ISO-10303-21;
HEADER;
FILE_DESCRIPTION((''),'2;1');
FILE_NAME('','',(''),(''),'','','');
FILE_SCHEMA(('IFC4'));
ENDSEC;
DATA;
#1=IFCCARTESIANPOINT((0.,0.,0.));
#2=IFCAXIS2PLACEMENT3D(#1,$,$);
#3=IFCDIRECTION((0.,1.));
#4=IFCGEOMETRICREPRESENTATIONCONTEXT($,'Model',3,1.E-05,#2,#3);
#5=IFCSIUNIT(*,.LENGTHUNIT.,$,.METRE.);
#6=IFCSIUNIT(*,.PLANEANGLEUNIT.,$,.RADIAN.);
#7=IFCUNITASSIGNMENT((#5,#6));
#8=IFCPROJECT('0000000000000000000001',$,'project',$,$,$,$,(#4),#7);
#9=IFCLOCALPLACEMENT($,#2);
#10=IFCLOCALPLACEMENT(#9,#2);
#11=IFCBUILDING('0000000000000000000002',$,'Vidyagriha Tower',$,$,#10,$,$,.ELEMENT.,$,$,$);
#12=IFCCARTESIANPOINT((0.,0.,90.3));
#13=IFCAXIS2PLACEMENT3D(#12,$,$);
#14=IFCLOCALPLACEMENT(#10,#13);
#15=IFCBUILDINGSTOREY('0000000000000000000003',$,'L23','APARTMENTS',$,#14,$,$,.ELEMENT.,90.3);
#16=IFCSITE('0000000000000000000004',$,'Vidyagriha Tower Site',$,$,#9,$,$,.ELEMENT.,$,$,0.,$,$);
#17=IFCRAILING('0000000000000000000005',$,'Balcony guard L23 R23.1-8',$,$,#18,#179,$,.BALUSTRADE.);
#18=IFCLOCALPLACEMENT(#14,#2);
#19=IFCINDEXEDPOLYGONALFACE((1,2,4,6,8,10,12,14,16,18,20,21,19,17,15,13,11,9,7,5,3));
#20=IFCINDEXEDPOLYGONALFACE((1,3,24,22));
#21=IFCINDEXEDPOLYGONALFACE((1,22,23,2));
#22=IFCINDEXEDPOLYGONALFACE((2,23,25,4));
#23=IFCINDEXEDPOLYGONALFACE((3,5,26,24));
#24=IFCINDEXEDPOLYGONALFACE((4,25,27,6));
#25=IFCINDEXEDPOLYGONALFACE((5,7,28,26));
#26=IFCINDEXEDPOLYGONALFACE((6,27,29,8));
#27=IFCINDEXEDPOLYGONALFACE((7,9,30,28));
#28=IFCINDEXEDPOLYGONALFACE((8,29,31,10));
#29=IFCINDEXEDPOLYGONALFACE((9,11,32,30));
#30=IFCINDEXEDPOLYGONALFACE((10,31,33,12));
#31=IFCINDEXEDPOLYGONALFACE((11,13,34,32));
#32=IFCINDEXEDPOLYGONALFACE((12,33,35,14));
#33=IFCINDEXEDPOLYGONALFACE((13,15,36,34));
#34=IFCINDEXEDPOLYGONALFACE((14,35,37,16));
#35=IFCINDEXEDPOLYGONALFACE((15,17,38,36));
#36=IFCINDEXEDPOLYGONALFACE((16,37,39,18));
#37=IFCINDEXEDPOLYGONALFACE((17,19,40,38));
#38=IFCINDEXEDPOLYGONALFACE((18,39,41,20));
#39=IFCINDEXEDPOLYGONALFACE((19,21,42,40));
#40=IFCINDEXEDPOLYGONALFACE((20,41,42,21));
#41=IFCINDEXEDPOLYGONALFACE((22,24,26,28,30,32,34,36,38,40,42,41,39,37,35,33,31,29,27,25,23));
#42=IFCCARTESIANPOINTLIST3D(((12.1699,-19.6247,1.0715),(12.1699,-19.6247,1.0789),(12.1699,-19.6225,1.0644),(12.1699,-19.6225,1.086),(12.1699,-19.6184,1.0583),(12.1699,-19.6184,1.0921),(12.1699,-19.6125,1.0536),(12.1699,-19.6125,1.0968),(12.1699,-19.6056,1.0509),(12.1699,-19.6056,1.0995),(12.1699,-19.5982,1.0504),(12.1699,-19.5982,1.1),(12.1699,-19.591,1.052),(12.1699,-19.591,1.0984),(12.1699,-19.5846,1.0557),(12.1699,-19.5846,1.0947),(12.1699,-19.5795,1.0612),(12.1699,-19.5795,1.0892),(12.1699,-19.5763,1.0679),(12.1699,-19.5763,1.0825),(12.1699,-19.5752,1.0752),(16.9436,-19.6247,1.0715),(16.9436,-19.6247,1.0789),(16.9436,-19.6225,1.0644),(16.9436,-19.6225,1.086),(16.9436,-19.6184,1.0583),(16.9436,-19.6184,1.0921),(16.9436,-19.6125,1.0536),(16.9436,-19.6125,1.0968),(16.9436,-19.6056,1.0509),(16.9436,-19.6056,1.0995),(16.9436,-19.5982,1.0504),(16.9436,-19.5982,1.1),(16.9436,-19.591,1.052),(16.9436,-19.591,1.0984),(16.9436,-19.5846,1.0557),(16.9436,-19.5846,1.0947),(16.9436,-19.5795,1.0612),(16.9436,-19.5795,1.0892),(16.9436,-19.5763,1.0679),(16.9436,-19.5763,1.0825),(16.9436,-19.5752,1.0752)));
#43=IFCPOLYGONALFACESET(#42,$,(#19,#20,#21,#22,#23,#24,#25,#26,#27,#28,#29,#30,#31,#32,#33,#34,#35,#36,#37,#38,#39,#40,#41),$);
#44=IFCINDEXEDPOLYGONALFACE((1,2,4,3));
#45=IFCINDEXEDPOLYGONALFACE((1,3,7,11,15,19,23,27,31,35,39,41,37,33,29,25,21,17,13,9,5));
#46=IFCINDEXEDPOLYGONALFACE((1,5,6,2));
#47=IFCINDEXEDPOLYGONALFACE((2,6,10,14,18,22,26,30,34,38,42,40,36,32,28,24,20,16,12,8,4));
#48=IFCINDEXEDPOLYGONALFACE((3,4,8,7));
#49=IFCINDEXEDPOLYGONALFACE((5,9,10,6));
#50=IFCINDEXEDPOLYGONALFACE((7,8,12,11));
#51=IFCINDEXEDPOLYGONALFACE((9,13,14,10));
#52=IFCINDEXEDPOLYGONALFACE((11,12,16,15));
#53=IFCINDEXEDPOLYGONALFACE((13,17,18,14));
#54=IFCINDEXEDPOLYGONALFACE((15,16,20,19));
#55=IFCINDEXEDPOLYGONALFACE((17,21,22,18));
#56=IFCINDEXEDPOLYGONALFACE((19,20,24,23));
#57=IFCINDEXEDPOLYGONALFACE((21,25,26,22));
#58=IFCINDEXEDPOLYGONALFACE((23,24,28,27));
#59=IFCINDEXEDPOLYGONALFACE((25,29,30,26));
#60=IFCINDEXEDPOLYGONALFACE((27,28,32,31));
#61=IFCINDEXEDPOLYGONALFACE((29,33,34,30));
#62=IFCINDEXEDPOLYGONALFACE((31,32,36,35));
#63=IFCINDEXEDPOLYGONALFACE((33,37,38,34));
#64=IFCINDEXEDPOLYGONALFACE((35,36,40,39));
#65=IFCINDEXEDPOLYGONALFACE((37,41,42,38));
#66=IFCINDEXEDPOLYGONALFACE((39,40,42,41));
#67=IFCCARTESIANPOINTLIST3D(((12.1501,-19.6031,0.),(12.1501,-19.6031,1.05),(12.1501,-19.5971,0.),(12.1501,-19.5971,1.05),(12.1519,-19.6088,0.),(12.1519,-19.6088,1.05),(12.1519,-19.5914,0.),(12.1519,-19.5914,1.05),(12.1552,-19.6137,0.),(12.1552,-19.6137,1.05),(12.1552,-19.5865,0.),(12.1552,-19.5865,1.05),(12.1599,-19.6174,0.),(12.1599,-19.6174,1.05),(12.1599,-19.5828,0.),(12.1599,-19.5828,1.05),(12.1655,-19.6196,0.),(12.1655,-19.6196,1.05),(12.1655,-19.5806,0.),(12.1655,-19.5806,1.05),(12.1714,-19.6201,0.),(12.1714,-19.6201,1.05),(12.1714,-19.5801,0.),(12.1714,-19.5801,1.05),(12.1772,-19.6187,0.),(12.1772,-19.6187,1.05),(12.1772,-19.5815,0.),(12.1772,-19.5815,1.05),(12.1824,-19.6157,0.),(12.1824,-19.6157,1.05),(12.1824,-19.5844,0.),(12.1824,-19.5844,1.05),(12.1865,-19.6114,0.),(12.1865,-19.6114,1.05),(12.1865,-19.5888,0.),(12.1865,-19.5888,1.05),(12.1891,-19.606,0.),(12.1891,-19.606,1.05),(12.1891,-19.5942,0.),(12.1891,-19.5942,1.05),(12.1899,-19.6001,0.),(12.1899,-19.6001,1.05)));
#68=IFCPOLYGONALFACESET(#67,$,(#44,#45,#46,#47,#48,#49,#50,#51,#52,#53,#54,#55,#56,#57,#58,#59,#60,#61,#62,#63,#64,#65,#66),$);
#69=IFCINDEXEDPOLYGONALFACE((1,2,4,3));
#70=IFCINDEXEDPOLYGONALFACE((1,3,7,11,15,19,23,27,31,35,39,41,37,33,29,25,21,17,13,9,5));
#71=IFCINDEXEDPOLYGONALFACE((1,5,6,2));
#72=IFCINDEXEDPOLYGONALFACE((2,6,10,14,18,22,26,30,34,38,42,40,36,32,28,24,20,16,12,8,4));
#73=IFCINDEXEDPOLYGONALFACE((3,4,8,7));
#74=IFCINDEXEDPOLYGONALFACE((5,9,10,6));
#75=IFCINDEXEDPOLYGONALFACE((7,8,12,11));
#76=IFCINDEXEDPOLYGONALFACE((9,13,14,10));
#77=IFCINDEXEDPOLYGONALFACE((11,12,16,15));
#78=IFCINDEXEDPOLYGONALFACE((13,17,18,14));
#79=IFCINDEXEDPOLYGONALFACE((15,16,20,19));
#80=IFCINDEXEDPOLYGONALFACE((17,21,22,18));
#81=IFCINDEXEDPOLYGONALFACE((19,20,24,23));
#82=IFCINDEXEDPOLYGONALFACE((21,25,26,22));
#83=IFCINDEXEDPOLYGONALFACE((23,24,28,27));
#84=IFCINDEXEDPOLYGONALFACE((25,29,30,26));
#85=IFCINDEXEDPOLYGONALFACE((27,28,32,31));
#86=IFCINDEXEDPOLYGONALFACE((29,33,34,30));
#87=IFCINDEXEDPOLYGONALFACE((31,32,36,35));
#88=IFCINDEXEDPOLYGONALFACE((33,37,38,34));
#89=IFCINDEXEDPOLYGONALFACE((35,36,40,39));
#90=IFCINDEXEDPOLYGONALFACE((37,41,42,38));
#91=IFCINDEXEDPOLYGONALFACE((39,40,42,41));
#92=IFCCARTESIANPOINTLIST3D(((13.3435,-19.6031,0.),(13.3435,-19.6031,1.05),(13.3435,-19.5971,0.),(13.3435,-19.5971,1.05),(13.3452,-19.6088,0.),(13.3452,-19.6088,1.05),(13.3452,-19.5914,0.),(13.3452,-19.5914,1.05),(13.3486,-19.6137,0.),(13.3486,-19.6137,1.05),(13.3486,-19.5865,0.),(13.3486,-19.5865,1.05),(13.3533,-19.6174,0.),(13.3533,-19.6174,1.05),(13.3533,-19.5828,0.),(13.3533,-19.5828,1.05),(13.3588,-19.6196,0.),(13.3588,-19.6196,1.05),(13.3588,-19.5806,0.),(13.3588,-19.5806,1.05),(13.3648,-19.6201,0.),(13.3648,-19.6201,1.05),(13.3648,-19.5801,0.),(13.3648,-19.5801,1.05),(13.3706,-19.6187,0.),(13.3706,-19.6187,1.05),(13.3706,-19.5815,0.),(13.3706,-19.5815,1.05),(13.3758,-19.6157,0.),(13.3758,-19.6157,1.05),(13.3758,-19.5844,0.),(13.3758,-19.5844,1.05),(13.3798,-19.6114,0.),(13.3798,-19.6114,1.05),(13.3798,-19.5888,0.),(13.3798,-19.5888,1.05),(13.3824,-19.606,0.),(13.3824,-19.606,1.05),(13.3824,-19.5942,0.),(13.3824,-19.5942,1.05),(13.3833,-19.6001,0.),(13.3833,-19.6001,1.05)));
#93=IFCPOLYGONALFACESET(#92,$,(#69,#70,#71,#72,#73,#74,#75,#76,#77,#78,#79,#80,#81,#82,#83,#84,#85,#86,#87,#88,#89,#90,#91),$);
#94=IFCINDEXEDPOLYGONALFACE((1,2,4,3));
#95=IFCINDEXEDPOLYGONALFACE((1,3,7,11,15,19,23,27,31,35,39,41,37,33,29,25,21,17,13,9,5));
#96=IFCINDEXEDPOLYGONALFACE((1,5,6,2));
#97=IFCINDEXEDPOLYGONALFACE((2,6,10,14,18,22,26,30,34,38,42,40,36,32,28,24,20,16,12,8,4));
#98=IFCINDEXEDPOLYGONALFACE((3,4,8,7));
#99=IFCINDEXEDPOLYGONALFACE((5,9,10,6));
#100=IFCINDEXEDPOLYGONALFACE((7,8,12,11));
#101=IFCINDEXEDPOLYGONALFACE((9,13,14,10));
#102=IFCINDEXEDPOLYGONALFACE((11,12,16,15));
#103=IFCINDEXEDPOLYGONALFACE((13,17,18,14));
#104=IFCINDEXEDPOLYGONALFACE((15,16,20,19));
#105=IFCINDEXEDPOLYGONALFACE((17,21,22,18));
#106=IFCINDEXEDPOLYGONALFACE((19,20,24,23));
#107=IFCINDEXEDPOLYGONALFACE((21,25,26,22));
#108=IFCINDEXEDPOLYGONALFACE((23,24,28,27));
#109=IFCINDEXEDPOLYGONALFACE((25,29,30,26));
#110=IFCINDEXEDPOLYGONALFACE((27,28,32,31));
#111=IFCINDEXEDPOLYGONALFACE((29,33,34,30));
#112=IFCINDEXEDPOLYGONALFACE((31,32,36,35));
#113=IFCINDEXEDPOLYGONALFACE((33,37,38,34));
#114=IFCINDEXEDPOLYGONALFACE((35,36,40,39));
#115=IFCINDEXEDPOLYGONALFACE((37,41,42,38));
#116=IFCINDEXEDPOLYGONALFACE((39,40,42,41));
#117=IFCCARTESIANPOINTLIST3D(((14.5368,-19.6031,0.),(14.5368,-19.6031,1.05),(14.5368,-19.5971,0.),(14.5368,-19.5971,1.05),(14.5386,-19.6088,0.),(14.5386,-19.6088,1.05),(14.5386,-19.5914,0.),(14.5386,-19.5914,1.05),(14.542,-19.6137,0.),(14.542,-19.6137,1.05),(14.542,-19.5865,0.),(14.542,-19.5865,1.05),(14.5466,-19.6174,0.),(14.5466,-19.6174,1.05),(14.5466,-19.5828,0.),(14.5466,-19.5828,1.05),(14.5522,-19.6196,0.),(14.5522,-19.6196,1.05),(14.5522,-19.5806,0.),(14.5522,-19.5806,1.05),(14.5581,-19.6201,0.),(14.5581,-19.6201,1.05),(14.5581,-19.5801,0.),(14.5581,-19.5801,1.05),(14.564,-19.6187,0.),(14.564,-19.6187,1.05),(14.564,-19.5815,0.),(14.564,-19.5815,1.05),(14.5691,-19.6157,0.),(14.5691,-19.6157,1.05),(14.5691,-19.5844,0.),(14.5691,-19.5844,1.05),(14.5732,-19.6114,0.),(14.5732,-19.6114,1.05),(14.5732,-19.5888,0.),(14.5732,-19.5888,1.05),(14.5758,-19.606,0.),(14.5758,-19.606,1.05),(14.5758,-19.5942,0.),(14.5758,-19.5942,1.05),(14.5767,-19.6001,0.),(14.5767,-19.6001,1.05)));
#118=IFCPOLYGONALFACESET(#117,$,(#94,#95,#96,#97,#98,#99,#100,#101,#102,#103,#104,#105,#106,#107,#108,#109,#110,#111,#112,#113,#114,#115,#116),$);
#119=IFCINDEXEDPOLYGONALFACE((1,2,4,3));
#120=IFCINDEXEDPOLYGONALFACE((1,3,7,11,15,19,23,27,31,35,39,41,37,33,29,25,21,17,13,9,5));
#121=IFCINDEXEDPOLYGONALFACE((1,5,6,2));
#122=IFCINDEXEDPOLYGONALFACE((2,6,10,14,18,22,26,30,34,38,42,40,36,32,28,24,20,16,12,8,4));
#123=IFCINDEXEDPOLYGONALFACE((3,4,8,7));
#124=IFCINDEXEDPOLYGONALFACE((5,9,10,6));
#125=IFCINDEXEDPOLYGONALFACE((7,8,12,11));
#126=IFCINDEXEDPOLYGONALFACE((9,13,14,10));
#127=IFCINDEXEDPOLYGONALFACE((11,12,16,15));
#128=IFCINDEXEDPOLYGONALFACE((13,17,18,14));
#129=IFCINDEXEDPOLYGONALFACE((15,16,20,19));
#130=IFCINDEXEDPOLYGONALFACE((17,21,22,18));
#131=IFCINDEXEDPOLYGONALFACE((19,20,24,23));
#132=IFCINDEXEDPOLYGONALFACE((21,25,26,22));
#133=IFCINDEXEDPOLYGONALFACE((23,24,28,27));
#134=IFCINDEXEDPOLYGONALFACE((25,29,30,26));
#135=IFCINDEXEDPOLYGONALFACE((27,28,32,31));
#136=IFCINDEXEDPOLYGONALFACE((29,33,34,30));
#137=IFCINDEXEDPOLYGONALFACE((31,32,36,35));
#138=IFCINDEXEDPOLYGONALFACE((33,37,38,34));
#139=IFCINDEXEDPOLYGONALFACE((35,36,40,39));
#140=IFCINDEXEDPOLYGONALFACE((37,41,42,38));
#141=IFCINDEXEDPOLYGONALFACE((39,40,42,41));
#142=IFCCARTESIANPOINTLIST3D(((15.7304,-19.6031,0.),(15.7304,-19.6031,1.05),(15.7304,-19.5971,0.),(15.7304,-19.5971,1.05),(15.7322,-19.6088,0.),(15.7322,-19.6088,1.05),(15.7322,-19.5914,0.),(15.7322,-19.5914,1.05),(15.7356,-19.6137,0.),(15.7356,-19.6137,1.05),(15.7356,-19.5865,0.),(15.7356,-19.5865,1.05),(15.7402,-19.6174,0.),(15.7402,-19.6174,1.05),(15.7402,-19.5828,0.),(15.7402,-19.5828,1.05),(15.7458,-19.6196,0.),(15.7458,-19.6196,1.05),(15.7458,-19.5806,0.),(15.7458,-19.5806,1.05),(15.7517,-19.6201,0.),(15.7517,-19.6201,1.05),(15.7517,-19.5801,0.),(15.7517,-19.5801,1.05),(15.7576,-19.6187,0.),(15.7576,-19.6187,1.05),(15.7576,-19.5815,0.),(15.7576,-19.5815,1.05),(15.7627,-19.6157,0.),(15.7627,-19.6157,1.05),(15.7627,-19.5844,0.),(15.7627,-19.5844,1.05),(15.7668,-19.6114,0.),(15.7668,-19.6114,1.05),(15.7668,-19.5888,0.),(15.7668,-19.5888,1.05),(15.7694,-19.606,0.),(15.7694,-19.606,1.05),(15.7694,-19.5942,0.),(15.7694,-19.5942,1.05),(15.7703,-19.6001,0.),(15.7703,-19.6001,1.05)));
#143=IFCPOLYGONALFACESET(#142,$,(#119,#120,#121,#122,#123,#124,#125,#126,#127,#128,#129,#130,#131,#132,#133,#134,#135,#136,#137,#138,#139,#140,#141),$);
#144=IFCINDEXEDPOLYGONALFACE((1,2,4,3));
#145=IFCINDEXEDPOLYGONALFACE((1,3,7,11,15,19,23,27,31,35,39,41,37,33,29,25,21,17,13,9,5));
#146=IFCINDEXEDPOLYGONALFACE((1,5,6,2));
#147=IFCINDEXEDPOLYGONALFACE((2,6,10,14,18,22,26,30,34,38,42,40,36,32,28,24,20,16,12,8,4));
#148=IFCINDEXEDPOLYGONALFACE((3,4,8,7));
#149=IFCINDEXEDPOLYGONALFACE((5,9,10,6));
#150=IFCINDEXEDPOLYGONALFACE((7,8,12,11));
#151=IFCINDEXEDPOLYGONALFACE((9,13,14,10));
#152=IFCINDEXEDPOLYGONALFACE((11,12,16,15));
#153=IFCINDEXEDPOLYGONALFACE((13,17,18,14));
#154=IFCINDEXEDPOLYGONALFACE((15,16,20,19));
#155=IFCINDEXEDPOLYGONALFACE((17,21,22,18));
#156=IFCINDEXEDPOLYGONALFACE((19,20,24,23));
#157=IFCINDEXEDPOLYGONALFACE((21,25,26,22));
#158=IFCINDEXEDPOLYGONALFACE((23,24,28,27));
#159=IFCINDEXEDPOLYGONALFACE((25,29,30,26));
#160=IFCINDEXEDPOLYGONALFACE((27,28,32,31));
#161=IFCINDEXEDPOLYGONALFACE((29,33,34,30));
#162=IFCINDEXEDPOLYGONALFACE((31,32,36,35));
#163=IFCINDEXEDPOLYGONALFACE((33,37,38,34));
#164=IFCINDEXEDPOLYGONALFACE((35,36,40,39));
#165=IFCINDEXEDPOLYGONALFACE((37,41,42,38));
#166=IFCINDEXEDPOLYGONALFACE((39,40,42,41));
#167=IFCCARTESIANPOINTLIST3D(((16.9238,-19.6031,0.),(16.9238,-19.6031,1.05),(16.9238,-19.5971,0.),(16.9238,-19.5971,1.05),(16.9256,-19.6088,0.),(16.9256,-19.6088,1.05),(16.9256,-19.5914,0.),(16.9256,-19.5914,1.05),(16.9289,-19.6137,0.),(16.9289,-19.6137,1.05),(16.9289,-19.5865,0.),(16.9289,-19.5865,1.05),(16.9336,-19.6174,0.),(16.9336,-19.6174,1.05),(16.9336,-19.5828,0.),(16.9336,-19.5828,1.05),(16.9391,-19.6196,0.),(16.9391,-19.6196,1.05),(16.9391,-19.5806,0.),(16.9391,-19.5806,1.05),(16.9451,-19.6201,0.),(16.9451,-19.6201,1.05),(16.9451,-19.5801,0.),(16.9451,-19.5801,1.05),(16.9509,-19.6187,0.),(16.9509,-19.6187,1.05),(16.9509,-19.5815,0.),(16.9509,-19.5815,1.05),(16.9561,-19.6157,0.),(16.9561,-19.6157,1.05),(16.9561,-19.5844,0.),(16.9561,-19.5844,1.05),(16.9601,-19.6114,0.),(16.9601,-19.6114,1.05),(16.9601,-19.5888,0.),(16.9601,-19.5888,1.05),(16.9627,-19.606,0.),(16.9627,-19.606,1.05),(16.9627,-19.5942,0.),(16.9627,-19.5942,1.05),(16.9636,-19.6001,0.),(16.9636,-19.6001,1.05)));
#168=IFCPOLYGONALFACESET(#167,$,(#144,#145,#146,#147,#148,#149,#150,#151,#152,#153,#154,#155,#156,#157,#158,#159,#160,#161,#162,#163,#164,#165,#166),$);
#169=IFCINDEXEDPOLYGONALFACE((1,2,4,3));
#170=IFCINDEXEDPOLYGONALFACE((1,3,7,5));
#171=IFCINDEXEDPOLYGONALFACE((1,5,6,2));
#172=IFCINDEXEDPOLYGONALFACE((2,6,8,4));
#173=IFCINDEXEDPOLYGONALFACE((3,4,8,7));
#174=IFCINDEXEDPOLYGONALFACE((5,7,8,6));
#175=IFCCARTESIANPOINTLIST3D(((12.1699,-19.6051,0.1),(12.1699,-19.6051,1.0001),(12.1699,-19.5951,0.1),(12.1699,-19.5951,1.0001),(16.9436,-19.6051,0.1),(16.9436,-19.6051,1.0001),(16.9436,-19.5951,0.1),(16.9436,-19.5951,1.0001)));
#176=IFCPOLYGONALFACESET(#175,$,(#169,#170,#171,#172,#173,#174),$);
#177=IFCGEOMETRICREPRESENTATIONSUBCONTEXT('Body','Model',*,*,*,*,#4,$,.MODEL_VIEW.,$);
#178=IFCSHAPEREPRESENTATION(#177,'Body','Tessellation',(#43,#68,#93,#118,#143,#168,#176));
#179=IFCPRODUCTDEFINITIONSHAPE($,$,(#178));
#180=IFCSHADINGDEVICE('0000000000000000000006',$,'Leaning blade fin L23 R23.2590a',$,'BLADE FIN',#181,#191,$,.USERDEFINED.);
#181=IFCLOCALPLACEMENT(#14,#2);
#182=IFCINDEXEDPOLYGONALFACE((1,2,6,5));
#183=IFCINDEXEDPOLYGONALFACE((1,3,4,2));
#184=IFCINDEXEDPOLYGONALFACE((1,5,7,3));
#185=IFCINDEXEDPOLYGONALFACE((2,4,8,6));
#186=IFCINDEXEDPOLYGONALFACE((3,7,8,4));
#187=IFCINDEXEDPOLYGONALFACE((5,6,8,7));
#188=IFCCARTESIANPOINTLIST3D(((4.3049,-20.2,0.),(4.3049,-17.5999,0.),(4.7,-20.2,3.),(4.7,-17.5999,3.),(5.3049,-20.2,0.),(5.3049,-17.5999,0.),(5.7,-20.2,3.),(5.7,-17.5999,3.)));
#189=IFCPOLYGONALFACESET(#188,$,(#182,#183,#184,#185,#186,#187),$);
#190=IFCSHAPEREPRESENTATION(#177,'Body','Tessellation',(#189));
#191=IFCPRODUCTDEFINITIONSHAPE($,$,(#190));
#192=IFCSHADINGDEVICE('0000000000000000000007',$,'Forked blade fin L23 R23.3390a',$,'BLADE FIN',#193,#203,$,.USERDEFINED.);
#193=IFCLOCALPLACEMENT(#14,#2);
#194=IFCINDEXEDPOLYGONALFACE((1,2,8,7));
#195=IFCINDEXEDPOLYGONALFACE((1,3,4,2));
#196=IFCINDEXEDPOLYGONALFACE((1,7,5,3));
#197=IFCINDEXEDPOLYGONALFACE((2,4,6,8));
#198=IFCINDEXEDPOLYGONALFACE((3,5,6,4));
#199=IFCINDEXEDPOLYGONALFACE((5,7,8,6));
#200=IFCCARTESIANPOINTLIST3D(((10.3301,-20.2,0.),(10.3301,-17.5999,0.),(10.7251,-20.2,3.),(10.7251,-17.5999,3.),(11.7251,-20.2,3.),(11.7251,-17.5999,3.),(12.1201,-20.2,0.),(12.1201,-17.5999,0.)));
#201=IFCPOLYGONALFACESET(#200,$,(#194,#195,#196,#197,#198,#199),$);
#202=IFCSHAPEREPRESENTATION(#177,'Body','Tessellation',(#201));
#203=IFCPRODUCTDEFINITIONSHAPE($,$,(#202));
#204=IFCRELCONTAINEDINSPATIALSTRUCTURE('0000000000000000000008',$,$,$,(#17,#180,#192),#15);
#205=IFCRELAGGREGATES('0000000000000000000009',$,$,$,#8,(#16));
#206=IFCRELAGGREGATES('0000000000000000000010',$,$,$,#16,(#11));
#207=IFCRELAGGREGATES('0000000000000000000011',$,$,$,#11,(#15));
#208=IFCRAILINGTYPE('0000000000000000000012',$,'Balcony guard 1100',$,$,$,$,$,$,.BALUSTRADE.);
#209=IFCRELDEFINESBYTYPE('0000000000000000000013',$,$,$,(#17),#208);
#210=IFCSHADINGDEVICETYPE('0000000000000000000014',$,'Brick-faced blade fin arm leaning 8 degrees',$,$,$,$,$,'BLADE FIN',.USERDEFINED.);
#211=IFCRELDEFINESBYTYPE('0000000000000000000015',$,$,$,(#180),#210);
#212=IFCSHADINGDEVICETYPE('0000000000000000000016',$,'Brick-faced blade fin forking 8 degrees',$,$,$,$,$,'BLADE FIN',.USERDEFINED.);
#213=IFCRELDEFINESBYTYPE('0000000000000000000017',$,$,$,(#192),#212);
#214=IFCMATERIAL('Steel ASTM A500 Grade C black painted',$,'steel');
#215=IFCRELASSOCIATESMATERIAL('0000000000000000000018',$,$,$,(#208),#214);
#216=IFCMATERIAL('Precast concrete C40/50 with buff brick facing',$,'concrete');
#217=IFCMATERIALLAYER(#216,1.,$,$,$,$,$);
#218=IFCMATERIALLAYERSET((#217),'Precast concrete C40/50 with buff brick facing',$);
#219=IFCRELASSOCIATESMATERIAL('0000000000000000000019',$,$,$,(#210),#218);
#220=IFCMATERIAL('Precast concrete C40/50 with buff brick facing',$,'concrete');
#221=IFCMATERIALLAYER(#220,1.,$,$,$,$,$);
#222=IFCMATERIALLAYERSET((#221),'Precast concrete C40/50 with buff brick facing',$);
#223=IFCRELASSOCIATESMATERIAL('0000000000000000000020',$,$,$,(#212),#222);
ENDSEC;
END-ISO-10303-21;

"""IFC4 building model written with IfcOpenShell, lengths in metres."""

from ifc_helpers import new_model, si_unit, direction, frame, origin, origin_2d, place, context, subcontext, project, spatial, polyline, rectangle, circle, outline, extrude, material, layer, layer_set, type_object, element, save


model = new_model("IFC4")

# Units and contexts
model_context = context("Model", 3, precision=1e-05, world=origin(), true_north=direction((0.0, 1.0)))
body_context = subcontext(model_context, "Body", "Model", "MODEL_VIEW")
ifc_project = project(units=[si_unit("LENGTHUNIT", "METRE"), si_unit("PLANEANGLEUNIT", "RADIAN")], contexts=[model_context])

# Site, building, storey
site_placement = place(None, origin())
site = spatial("IfcSite", under=ifc_project, at=site_placement, Name="Vidyagriha Tower Site", CompositionType="ELEMENT", RefElevation=0.0)
building_placement = place(site_placement, origin())
building = spatial("IfcBuilding", under=site, at=building_placement, Name="Vidyagriha Tower", CompositionType="ELEMENT")
storey_placement = place(building_placement, frame((0.0, 0.0, 90.3)))
storey = spatial("IfcBuildingStorey", under=building, at=storey_placement, Name="L23", Description="APARTMENTS", CompositionType="ELEMENT", Elevation=90.3)

# Railing
ifc_material_1 = material(Name="Steel ASTM A500 Grade C black painted", Category="steel")
railing_type = type_object("IfcRailingType", Name="Balcony guard 1100", PredefinedType="BALUSTRADE", material=ifc_material_1)
for number, where, name in (
    (1, (12.1699, -19.6001, 0.0), "Balcony guard L23 R23.1-8"),
):
    element("IfcRailing", number, at=place(storey_placement, frame(where)), inside=storey, type_object=railing_type, Name=name, PredefinedType="BALUSTRADE", context=body_context, shape_type="SweptSolid", body=[
        extrude(circle(Radius=0.0249, at=origin_2d()), frame((0.0, 0.0, 1.0752), z_axis=(1.0, 0.0, 0.0), x_axis=(0.0, 1.0, 0.0)), (0.0, 0.0, 1.0), 4.7737),
        extrude(circle(Radius=0.02, at=origin_2d()), origin(), (0.0, 0.0, 1.0), 1.05),
        extrude(circle(Radius=0.02, at=origin_2d()), frame((1.1934, 0.0, 0.0)), (0.0, 0.0, 1.0), 1.05),
        extrude(circle(Radius=0.02, at=origin_2d()), frame((2.3867, 0.0, 0.0)), (0.0, 0.0, 1.0), 1.05),
        extrude(circle(Radius=0.02, at=origin_2d()), frame((3.5803, 0.0, 0.0)), (0.0, 0.0, 1.0), 1.05),
        extrude(circle(Radius=0.02, at=origin_2d()), frame((4.7737, 0.0, 0.0)), (0.0, 0.0, 1.0), 1.05),
        extrude(rectangle(XDim=0.01, YDim=0.9001, at=origin_2d()), frame((0.0, 0.0, 0.55), z_axis=(1.0, 0.0, 0.0), x_axis=(0.0, 1.0, 0.0)), (0.0, 0.0, 1.0), 4.7737),
    ])

# Shading devices
ifc_material_2 = material(Name="Precast concrete C40/50 with buff brick facing", Category="concrete")
ifc_layer_1 = layer(ifc_material_2, 1.0)
ifc_layer_set_1 = layer_set([ifc_layer_1], Name="Precast concrete C40/50 with buff brick facing")
shading_device_type_1 = type_object("IfcShadingDeviceType", Name="Brick-faced blade fin arm leaning 8 degrees", ElementType="BLADE FIN", PredefinedType="USERDEFINED", material=ifc_layer_set_1)
shading_device_1_placement = place(storey_placement, frame((4.3049, -18.8999, 0.0)))
element("IfcShadingDevice", 2, at=shading_device_1_placement, inside=storey, type_object=shading_device_type_1, Name="Leaning blade fin L23 R23.2590a", ObjectType="BLADE FIN", PredefinedType="USERDEFINED", context=body_context, shape_type="SweptSolid", body=[
    extrude(outline(polyline([(0.0, 0.0), (1.0, 0.0), (1.395, 3.0), (0.395, 3.0), (0.0, 0.0)])), frame((0.0, 1.3, 0.0), z_axis=(0.0, -1.0, 0.0), x_axis=(1.0, 0.0, 0.0)), (0.0, 0.0, 1.0), 2.6001),
])
ifc_material_3 = material(Name="Precast concrete C40/50 with buff brick facing", Category="concrete")
ifc_layer_2 = layer(ifc_material_3, 1.0)
ifc_layer_set_2 = layer_set([ifc_layer_2], Name="Precast concrete C40/50 with buff brick facing")
shading_device_type_2 = type_object("IfcShadingDeviceType", Name="Brick-faced blade fin forking 8 degrees", ElementType="BLADE FIN", PredefinedType="USERDEFINED", material=ifc_layer_set_2)
shading_device_2_placement = place(storey_placement, frame((10.3301, -18.8999, 0.0)))
element("IfcShadingDevice", 3, at=shading_device_2_placement, inside=storey, type_object=shading_device_type_2, Name="Forked blade fin L23 R23.3390a", ObjectType="BLADE FIN", PredefinedType="USERDEFINED", context=body_context, shape_type="SweptSolid", body=[
    extrude(outline(polyline([(0.0, 0.0), (1.79, 0.0), (1.395, 3.0), (0.395, 3.0), (0.0, 0.0)])), frame((0.0, 1.3, 0.0), z_axis=(0.0, -1.0, 0.0), x_axis=(1.0, 0.0, 0.0)), (0.0, 0.0, 1.0), 2.6001),
])

save(model, "model.ifc")
